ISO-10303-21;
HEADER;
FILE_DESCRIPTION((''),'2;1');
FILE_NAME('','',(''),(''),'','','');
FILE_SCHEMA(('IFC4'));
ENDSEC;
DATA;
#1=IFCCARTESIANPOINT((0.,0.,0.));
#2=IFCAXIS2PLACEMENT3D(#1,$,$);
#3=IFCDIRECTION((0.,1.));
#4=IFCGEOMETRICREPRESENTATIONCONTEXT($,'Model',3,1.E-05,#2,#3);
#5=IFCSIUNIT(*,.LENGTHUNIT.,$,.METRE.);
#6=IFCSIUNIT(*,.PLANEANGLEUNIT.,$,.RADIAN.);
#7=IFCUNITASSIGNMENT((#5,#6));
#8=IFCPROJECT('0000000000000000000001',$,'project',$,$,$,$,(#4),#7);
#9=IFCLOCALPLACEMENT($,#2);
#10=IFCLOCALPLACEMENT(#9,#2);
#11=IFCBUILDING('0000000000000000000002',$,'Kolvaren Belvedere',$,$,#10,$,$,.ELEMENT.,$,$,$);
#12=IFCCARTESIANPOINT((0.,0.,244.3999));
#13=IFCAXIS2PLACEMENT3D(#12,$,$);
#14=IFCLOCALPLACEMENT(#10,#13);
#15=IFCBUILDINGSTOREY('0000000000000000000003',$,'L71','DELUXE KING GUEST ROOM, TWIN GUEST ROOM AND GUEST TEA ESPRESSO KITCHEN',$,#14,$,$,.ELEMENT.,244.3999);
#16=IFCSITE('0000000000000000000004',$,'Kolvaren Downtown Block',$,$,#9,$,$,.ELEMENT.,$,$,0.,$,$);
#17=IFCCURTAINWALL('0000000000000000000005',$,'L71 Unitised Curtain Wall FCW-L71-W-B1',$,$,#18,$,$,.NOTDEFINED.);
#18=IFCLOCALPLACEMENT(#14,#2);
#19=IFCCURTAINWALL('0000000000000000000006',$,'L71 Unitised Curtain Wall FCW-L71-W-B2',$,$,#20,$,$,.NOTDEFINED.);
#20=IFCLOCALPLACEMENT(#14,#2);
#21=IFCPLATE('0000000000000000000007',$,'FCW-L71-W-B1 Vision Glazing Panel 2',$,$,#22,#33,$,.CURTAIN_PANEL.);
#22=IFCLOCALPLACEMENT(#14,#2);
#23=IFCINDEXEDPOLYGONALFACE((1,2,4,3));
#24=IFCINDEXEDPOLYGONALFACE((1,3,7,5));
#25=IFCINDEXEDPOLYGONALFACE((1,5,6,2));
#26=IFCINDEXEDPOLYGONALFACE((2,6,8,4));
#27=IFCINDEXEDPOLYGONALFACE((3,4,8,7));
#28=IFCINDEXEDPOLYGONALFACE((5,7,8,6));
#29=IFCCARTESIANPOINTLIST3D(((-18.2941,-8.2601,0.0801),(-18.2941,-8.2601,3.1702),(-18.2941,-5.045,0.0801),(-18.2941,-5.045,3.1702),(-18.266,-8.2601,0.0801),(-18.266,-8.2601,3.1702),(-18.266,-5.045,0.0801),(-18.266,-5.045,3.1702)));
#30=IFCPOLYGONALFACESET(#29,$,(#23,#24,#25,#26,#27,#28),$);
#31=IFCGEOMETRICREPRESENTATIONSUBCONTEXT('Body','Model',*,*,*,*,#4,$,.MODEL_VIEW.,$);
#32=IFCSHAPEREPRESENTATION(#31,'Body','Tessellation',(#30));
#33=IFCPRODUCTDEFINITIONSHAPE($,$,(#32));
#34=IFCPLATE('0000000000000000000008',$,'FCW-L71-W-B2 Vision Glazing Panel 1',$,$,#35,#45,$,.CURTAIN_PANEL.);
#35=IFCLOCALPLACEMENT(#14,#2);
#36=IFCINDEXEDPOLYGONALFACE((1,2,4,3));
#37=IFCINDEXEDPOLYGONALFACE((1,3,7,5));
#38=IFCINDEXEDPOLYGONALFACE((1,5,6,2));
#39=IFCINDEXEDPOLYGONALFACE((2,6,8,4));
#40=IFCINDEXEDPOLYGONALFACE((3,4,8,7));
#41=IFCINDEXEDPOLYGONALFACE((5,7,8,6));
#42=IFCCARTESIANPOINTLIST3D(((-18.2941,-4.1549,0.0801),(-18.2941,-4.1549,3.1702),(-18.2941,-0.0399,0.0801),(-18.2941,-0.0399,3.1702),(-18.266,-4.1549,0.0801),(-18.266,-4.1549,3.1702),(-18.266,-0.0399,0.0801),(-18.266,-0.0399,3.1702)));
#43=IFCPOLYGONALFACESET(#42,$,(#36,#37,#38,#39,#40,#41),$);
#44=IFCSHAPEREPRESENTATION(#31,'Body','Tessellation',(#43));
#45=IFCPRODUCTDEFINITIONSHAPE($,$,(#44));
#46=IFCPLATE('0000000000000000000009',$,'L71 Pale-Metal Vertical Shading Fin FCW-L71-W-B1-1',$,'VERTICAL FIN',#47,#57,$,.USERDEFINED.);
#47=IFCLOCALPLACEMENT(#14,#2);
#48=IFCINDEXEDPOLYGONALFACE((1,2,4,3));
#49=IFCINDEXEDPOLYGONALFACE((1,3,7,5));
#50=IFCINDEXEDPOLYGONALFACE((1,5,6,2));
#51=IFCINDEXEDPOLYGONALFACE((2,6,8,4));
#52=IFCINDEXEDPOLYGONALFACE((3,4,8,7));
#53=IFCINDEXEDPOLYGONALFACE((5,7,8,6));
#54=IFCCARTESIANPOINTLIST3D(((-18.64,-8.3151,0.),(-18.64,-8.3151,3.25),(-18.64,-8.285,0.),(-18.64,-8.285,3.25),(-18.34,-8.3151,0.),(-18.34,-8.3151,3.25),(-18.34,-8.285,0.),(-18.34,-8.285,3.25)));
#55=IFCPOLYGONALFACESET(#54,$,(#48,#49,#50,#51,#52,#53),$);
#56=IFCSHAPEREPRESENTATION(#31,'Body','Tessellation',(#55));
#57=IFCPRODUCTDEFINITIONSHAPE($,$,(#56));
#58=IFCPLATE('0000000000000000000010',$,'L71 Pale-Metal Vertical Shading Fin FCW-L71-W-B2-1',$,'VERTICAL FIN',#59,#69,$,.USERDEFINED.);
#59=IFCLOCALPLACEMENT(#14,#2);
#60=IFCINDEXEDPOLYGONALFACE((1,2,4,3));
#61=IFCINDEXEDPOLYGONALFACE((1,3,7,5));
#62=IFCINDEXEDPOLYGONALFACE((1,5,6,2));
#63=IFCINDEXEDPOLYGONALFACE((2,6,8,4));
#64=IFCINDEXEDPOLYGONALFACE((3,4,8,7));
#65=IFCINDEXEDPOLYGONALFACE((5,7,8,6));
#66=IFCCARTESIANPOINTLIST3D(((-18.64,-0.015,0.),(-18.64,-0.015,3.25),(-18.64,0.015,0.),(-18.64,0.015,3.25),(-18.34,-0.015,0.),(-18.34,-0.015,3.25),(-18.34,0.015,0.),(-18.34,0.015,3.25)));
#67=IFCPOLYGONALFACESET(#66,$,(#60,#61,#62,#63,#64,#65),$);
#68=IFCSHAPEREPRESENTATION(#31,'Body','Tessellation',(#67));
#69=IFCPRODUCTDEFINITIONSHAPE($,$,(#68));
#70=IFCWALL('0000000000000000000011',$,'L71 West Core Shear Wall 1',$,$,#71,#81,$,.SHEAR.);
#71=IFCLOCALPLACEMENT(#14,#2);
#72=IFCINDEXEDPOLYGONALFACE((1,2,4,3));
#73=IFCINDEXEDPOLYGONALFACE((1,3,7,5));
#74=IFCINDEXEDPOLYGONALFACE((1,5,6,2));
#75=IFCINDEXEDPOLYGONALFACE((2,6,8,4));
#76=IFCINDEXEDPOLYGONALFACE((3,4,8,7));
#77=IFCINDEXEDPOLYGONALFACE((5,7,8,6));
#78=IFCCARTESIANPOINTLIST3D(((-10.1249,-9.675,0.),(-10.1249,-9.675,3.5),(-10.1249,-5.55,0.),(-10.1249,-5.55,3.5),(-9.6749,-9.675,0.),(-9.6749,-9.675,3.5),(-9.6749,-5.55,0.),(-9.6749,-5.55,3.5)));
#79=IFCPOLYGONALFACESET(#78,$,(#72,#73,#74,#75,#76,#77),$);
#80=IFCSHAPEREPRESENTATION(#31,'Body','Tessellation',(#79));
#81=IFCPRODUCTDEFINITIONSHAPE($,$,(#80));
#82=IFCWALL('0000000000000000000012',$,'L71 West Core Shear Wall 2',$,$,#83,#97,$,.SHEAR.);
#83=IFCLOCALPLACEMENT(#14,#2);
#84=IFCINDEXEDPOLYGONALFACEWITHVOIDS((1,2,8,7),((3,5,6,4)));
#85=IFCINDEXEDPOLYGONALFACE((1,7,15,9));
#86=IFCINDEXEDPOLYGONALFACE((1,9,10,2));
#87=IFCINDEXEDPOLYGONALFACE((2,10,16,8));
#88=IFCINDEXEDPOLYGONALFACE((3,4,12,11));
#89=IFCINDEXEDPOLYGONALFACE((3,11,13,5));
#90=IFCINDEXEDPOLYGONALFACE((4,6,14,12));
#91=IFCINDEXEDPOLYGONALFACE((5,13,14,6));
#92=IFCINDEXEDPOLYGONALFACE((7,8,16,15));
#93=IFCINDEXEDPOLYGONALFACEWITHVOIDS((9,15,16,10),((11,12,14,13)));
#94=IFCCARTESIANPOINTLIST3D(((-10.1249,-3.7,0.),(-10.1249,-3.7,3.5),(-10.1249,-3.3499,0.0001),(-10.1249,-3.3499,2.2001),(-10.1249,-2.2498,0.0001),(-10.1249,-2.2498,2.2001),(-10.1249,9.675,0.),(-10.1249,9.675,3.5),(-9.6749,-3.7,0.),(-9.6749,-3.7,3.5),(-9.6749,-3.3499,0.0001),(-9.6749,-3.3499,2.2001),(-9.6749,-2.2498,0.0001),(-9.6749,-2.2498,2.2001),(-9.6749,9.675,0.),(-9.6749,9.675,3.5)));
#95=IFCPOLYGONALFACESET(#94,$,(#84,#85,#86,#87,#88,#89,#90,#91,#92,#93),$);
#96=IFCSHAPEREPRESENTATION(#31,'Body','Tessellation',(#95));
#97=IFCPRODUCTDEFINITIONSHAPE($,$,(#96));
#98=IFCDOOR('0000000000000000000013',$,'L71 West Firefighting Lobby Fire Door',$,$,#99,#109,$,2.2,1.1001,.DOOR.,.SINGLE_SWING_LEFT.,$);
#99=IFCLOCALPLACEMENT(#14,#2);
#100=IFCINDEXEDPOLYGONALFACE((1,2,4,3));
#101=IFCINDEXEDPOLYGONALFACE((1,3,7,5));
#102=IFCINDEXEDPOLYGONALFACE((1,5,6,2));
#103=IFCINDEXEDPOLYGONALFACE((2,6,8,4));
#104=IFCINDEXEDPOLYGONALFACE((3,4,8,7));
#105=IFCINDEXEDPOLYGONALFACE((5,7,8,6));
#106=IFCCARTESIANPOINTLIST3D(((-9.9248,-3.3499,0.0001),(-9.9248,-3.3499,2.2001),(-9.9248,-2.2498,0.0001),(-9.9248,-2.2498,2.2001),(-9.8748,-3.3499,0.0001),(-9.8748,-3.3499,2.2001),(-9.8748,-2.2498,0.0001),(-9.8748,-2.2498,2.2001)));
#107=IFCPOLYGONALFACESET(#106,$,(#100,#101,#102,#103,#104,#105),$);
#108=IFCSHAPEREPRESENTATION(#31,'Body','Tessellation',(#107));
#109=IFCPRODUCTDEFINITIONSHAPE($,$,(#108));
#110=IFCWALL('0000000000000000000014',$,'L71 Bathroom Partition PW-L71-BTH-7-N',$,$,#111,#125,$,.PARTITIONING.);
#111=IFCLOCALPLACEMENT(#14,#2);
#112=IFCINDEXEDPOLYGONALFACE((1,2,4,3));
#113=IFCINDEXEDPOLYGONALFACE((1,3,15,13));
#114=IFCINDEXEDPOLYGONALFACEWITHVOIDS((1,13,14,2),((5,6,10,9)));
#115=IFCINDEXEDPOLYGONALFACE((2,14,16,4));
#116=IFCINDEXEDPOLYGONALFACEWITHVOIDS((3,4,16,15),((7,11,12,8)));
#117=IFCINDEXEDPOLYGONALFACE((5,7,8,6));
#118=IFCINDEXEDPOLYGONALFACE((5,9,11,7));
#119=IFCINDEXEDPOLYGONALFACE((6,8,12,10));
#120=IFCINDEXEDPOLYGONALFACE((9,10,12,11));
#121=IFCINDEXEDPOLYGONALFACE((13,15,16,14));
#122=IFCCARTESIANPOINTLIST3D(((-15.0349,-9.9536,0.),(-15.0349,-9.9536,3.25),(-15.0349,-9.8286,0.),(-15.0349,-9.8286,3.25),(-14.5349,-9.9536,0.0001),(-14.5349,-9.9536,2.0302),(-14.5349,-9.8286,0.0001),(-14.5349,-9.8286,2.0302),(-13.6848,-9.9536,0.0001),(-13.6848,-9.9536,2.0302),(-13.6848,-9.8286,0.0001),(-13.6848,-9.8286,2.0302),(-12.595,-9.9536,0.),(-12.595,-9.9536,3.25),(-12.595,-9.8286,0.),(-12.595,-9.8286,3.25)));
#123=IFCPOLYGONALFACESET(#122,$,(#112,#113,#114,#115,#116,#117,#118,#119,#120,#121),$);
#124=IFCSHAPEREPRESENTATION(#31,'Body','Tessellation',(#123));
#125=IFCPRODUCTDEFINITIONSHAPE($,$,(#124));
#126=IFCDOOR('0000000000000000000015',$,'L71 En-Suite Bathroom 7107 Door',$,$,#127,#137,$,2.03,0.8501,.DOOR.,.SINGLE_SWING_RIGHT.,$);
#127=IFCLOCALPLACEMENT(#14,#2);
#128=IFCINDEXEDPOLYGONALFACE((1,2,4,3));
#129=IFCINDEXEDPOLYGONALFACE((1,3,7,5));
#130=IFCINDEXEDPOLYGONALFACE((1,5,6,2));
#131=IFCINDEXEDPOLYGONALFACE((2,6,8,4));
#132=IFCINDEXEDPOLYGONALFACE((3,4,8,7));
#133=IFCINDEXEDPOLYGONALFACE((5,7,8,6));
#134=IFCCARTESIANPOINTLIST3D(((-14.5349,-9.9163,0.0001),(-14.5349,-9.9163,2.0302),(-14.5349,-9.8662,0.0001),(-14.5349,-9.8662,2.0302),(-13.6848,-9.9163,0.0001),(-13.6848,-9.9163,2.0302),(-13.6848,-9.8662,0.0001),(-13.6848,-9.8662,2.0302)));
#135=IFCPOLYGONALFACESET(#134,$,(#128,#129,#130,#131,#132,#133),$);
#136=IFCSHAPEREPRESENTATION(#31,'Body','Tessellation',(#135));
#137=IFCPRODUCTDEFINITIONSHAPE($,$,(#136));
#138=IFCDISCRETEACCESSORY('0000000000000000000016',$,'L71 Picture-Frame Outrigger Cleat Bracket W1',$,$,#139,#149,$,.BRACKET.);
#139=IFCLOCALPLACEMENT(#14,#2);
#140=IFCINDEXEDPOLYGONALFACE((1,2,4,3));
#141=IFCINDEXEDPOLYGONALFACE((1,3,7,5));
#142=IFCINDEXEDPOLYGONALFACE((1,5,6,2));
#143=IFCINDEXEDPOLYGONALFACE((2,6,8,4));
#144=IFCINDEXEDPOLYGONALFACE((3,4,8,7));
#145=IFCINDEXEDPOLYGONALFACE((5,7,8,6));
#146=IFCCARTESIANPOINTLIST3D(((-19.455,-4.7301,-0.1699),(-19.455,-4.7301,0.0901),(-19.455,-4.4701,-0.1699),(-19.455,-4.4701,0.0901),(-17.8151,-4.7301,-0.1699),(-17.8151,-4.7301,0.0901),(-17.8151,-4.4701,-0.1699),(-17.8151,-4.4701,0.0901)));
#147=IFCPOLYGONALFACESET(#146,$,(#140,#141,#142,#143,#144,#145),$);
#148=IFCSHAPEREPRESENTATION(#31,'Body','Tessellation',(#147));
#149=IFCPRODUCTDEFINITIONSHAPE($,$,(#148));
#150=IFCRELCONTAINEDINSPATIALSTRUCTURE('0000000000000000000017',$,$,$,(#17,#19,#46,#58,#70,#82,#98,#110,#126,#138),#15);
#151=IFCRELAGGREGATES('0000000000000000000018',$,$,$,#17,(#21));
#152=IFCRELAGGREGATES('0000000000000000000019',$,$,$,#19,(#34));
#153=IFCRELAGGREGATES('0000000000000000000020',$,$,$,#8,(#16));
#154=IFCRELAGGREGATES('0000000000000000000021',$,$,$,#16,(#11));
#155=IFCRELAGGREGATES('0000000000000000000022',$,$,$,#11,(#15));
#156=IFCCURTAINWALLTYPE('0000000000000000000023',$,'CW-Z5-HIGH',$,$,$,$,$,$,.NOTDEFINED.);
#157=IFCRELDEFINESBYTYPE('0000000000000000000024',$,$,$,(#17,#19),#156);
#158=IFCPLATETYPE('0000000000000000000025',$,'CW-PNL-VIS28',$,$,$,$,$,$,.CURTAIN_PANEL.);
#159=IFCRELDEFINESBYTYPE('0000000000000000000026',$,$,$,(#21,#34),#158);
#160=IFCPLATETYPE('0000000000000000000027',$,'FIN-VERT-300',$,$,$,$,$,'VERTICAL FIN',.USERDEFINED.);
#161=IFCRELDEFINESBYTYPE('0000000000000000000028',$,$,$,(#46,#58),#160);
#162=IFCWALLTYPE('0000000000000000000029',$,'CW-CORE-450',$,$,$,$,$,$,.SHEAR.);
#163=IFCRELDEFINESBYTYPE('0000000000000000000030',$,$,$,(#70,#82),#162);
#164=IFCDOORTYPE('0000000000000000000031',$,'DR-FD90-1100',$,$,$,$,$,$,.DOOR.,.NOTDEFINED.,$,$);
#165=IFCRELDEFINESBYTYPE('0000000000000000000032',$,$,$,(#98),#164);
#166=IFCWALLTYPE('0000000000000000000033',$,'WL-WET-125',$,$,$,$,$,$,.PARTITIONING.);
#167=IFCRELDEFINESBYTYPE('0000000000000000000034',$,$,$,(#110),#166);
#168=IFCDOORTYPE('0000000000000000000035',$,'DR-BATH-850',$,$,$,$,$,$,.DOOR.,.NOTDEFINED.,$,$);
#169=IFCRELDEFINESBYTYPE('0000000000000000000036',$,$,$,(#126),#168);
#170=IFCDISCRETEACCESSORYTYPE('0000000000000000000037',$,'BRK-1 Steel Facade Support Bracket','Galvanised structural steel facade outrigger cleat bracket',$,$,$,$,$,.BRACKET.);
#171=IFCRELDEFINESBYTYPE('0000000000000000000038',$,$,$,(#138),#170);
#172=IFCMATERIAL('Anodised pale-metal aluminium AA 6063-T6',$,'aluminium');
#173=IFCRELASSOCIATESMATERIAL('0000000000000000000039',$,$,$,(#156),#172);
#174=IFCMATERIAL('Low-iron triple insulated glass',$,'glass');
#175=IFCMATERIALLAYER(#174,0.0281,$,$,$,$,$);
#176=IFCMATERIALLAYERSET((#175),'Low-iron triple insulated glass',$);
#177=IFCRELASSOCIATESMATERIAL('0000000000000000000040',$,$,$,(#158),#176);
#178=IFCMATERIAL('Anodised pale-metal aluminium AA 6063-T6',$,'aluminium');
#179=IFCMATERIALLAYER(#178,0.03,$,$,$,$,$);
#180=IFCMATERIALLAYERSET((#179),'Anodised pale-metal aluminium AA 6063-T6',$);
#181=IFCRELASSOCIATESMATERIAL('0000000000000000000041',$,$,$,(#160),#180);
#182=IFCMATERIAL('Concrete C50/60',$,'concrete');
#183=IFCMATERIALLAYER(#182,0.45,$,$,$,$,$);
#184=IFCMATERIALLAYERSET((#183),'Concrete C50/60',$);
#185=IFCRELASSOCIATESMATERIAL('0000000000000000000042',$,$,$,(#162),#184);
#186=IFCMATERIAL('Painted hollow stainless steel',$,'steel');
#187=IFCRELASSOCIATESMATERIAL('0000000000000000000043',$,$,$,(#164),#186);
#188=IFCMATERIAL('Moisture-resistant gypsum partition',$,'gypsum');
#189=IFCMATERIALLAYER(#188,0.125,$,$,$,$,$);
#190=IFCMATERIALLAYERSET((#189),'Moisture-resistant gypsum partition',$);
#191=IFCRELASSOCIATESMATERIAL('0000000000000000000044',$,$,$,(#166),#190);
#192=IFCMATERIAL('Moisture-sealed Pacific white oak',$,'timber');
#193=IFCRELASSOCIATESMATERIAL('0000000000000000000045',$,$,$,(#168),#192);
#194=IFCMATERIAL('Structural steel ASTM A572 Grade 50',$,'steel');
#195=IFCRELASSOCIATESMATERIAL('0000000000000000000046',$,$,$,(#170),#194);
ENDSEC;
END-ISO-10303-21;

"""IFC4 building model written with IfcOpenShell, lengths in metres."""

from ifc_helpers import new_model, si_unit, direction, frame, frame_2d, origin, origin_2d, place, context, subcontext, project, spatial, rectangle, extrude, material, layer, layer_set, type_object, element, fill, aggregate, save


model = new_model("IFC4")

# Units and contexts
model_context = context("Model", 3, precision=1e-05, world=origin(), true_north=direction((0.0, 1.0)))
body_context = subcontext(model_context, "Body", "Model", "MODEL_VIEW")
ifc_project = project(units=[si_unit("LENGTHUNIT", "METRE"), si_unit("PLANEANGLEUNIT", "RADIAN")], contexts=[model_context])

# Site, building, storey
site_placement = place(None, origin())
site = spatial("IfcSite", under=ifc_project, at=site_placement, Name="Kolvaren Downtown Block", CompositionType="ELEMENT", RefElevation=0.0)
building_placement = place(site_placement, origin())
building = spatial("IfcBuilding", under=site, at=building_placement, Name="Kolvaren Belvedere", CompositionType="ELEMENT")
storey_placement = place(building_placement, frame((0.0, 0.0, 244.3999)))
storey = spatial("IfcBuildingStorey", under=building, at=storey_placement, Name="L71", Description="DELUXE KING GUEST ROOM, TWIN GUEST ROOM AND GUEST TEA ESPRESSO KITCHEN", CompositionType="ELEMENT", Elevation=244.3999)

# Curtain walls
ifc_material_1 = material(Name="Anodised pale-metal aluminium AA 6063-T6", Category="aluminium")
curtain_wall_type = type_object("IfcCurtainWallType", Name="CW-Z5-HIGH", PredefinedType="NOTDEFINED", material=ifc_material_1)
curtain_wall_1_placement = place(storey_placement, origin())
curtain_wall_1 = element("IfcCurtainWall", 1, at=curtain_wall_1_placement, inside=storey, type_object=curtain_wall_type, Name="L71 Unitised Curtain Wall FCW-L71-W-B1", PredefinedType="NOTDEFINED")
curtain_wall_2_placement = place(storey_placement, origin())
curtain_wall_2 = element("IfcCurtainWall", 2, at=curtain_wall_2_placement, inside=storey, type_object=curtain_wall_type, Name="L71 Unitised Curtain Wall FCW-L71-W-B2", PredefinedType="NOTDEFINED")

# Plates
ifc_material_2 = material(Name="Low-iron triple insulated glass", Category="glass")
ifc_layer_1 = layer(ifc_material_2, 0.0281)
ifc_layer_set_1 = layer_set([ifc_layer_1], Name="Low-iron triple insulated glass")
plate_type_1 = type_object("IfcPlateType", Name="CW-PNL-VIS28", PredefinedType="CURTAIN_PANEL", material=ifc_layer_set_1)
plate_1_placement = place(storey_placement, frame((-18.28, -6.6526, 0.0801), z_axis=(0.0, 0.0, 1.0), x_axis=(0.0, 1.0, 0.0)))
plate_1 = element("IfcPlate", 3, at=plate_1_placement, type_object=plate_type_1, Name="FCW-L71-W-B1 Vision Glazing Panel 2", PredefinedType="CURTAIN_PANEL", context=body_context, shape_type="SweptSolid", body=[
    extrude(rectangle(XDim=3.2151, YDim=0.0281, at=origin_2d()), origin(), (0.0, 0.0, 1.0), 3.0901),
])
aggregate(curtain_wall_1, [plate_1])
plate_2_placement = place(storey_placement, frame((-18.28, -2.0974, 0.0801), z_axis=(0.0, 0.0, 1.0), x_axis=(0.0, 1.0, 0.0)))
plate_2 = element("IfcPlate", 4, at=plate_2_placement, type_object=plate_type_1, Name="FCW-L71-W-B2 Vision Glazing Panel 1", PredefinedType="CURTAIN_PANEL", context=body_context, shape_type="SweptSolid", body=[
    extrude(rectangle(XDim=4.115, YDim=0.0281, at=origin_2d()), origin(), (0.0, 0.0, 1.0), 3.0901),
])
aggregate(curtain_wall_2, [plate_2])

# Plates
ifc_material_3 = material(Name="Anodised pale-metal aluminium AA 6063-T6", Category="aluminium")
ifc_layer_2 = layer(ifc_material_3, 0.03)
ifc_layer_set_2 = layer_set([ifc_layer_2], Name="Anodised pale-metal aluminium AA 6063-T6")
plate_type_2 = type_object("IfcPlateType", Name="FIN-VERT-300", ElementType="VERTICAL FIN", PredefinedType="USERDEFINED", material=ifc_layer_set_2)
for number, where, z_axis, x_axis, name in (
    (5, (-18.49, -8.3, 0.0), (0.0, 0.0, 1.0), (1.0, 0.0, 0.0), "L71 Pale-Metal Vertical Shading Fin FCW-L71-W-B1-1"),
    (6, (-18.49, 0.0, 0.0), (0.0, 0.0, 1.0), (1.0, 0.0, 0.0), "L71 Pale-Metal Vertical Shading Fin FCW-L71-W-B2-1"),
):
    element("IfcPlate", number, at=place(storey_placement, frame(where, z_axis=z_axis, x_axis=x_axis)), inside=storey, type_object=plate_type_2, Name=name, ObjectType="VERTICAL FIN", PredefinedType="USERDEFINED", context=body_context, shape_type="SweptSolid", body=[
        extrude(rectangle(XDim=0.3, YDim=0.03, at=origin_2d()), origin(), (0.0, 0.0, 1.0), 3.25),
    ])

# Wall
ifc_material_4 = material(Name="Concrete C50/60", Category="concrete")
ifc_layer_3 = layer(ifc_material_4, 0.45)
ifc_layer_set_3 = layer_set([ifc_layer_3], Name="Concrete C50/60")
wall_type_1 = type_object("IfcWallType", Name="CW-CORE-450", PredefinedType="SHEAR", material=ifc_layer_set_3)
wall_1_placement = place(storey_placement, frame((-9.8999, -9.675, 0.0), z_axis=(0.0, 0.0, 1.0), x_axis=(0.0, 1.0, 0.0)))
element("IfcWall", 7, at=wall_1_placement, inside=storey, type_object=wall_type_1, Name="L71 West Core Shear Wall 1", PredefinedType="SHEAR", context=body_context, shape_type="SweptSolid", body=[
    extrude(rectangle(XDim=4.125, YDim=0.45, at=frame_2d((2.0625, 0.0))), origin(), (0.0, 0.0, 1.0), 3.5),
])

# Walls, openings, doors
wall_2_placement = place(storey_placement, frame((-9.8999, -3.7, 0.0), z_axis=(0.0, 0.0, 1.0), x_axis=(0.0, 1.0, 0.0)))
wall_2 = element("IfcWall", 8, at=wall_2_placement, inside=storey, type_object=wall_type_1, Name="L71 West Core Shear Wall 2", PredefinedType="SHEAR", context=body_context, shape_type="SweptSolid", body=[
    extrude(rectangle(XDim=13.375, YDim=0.45, at=frame_2d((6.6875, 0.0))), origin(), (0.0, 0.0, 1.0), 3.5),
])
opening_1_placement = place(wall_2_placement, frame((0.3501, 0.0, 0.0)))
opening_1 = element("IfcOpeningElement", 9, at=opening_1_placement, cuts=wall_2, PredefinedType="OPENING", context=body_context, shape_type="SweptSolid", body=[
    extrude(rectangle(XDim=1.1001, YDim=2.2, at=frame_2d((0.55, 1.1001))), frame((0.0, 0.2349, 0.0), z_axis=(0.0, -1.0, 0.0), x_axis=(1.0, 0.0, 0.0)), (0.0, 0.0, 1.0), 0.47),
])
ifc_material_5 = material(Name="Painted hollow stainless steel", Category="steel")
door_type_1 = type_object("IfcDoorType", Name="DR-FD90-1100", OperationType="NOTDEFINED", PredefinedType="DOOR", material=ifc_material_5)
door_1_placement = place(opening_1_placement, origin())
door_1 = element("IfcDoor", 10, at=door_1_placement, inside=storey, type_object=door_type_1, Name="L71 West Firefighting Lobby Fire Door", OperationType="SINGLE_SWING_LEFT", OverallHeight=2.2, OverallWidth=1.1001, PredefinedType="DOOR", context=body_context, shape_type="SweptSolid", body=[
    extrude(rectangle(XDim=1.1001, YDim=2.2, at=frame_2d((0.55, 1.1001))), frame((0.0, 0.0249, 0.0), z_axis=(0.0, -1.0, 0.0), x_axis=(1.0, 0.0, 0.0)), (0.0, 0.0, 1.0), 0.05),
])
fill(opening_1, door_1)
ifc_material_6 = material(Name="Moisture-resistant gypsum partition", Category="gypsum")
ifc_layer_4 = layer(ifc_material_6, 0.125)
ifc_layer_set_4 = layer_set([ifc_layer_4], Name="Moisture-resistant gypsum partition")
wall_type_2 = type_object("IfcWallType", Name="WL-WET-125", PredefinedType="PARTITIONING", material=ifc_layer_set_4)
wall_3_placement = place(storey_placement, frame((-15.0349, -9.8911, 0.0), z_axis=(0.0, 0.0, 1.0), x_axis=(1.0, 0.0, 0.0)))
wall_3 = element("IfcWall", 11, at=wall_3_placement, inside=storey, type_object=wall_type_2, Name="L71 Bathroom Partition PW-L71-BTH-7-N", PredefinedType="PARTITIONING", context=body_context, shape_type="SweptSolid", body=[
    extrude(rectangle(XDim=2.4399, YDim=0.125, at=frame_2d((1.22, 0.0))), origin(), (0.0, 0.0, 1.0), 3.25),
])
opening_2_placement = place(wall_3_placement, frame((0.5, 0.0, 0.0)))
opening_2 = element("IfcOpeningElement", 12, at=opening_2_placement, cuts=wall_3, PredefinedType="OPENING", context=body_context, shape_type="SweptSolid", body=[
    extrude(rectangle(XDim=0.8501, YDim=2.03, at=frame_2d((0.425, 1.0151))), frame((0.0, 0.0725, 0.0), z_axis=(0.0, -1.0, 0.0), x_axis=(1.0, 0.0, 0.0)), (0.0, 0.0, 1.0), 0.145),
])
ifc_material_7 = material(Name="Moisture-sealed Pacific white oak", Category="timber")
door_type_2 = type_object("IfcDoorType", Name="DR-BATH-850", OperationType="NOTDEFINED", PredefinedType="DOOR", material=ifc_material_7)
door_2_placement = place(opening_2_placement, origin())
door_2 = element("IfcDoor", 13, at=door_2_placement, inside=storey, type_object=door_type_2, Name="L71 En-Suite Bathroom 7107 Door", OperationType="SINGLE_SWING_RIGHT", OverallHeight=2.03, OverallWidth=0.8501, PredefinedType="DOOR", context=body_context, shape_type="SweptSolid", body=[
    extrude(rectangle(XDim=0.8501, YDim=2.03, at=frame_2d((0.425, 1.0151))), frame((0.0, 0.0249, 0.0), z_axis=(0.0, -1.0, 0.0), x_axis=(1.0, 0.0, 0.0)), (0.0, 0.0, 1.0), 0.05),
])
fill(opening_2, door_2)

# Discrete accessory
ifc_material_8 = material(Name="Structural steel ASTM A572 Grade 50", Category="steel")
discrete_accessory_type = type_object("IfcDiscreteAccessoryType", Name="BRK-1 Steel Facade Support Bracket", Description="Galvanised structural steel facade outrigger cleat bracket", PredefinedType="BRACKET", material=ifc_material_8)
discrete_accessory_placement = place(storey_placement, frame((-18.635, -4.6001, -0.1699), z_axis=(0.0, 0.0, 1.0), x_axis=(1.0, 0.0, 0.0)))
element("IfcDiscreteAccessory", 14, at=discrete_accessory_placement, inside=storey, type_object=discrete_accessory_type, Name="L71 Picture-Frame Outrigger Cleat Bracket W1", PredefinedType="BRACKET", context=body_context, shape_type="SweptSolid", body=[
    extrude(rectangle(XDim=1.6399, YDim=0.26, at=origin_2d()), origin(), (0.0, 0.0, 1.0), 0.26),
])

save(model, "model.ifc")
